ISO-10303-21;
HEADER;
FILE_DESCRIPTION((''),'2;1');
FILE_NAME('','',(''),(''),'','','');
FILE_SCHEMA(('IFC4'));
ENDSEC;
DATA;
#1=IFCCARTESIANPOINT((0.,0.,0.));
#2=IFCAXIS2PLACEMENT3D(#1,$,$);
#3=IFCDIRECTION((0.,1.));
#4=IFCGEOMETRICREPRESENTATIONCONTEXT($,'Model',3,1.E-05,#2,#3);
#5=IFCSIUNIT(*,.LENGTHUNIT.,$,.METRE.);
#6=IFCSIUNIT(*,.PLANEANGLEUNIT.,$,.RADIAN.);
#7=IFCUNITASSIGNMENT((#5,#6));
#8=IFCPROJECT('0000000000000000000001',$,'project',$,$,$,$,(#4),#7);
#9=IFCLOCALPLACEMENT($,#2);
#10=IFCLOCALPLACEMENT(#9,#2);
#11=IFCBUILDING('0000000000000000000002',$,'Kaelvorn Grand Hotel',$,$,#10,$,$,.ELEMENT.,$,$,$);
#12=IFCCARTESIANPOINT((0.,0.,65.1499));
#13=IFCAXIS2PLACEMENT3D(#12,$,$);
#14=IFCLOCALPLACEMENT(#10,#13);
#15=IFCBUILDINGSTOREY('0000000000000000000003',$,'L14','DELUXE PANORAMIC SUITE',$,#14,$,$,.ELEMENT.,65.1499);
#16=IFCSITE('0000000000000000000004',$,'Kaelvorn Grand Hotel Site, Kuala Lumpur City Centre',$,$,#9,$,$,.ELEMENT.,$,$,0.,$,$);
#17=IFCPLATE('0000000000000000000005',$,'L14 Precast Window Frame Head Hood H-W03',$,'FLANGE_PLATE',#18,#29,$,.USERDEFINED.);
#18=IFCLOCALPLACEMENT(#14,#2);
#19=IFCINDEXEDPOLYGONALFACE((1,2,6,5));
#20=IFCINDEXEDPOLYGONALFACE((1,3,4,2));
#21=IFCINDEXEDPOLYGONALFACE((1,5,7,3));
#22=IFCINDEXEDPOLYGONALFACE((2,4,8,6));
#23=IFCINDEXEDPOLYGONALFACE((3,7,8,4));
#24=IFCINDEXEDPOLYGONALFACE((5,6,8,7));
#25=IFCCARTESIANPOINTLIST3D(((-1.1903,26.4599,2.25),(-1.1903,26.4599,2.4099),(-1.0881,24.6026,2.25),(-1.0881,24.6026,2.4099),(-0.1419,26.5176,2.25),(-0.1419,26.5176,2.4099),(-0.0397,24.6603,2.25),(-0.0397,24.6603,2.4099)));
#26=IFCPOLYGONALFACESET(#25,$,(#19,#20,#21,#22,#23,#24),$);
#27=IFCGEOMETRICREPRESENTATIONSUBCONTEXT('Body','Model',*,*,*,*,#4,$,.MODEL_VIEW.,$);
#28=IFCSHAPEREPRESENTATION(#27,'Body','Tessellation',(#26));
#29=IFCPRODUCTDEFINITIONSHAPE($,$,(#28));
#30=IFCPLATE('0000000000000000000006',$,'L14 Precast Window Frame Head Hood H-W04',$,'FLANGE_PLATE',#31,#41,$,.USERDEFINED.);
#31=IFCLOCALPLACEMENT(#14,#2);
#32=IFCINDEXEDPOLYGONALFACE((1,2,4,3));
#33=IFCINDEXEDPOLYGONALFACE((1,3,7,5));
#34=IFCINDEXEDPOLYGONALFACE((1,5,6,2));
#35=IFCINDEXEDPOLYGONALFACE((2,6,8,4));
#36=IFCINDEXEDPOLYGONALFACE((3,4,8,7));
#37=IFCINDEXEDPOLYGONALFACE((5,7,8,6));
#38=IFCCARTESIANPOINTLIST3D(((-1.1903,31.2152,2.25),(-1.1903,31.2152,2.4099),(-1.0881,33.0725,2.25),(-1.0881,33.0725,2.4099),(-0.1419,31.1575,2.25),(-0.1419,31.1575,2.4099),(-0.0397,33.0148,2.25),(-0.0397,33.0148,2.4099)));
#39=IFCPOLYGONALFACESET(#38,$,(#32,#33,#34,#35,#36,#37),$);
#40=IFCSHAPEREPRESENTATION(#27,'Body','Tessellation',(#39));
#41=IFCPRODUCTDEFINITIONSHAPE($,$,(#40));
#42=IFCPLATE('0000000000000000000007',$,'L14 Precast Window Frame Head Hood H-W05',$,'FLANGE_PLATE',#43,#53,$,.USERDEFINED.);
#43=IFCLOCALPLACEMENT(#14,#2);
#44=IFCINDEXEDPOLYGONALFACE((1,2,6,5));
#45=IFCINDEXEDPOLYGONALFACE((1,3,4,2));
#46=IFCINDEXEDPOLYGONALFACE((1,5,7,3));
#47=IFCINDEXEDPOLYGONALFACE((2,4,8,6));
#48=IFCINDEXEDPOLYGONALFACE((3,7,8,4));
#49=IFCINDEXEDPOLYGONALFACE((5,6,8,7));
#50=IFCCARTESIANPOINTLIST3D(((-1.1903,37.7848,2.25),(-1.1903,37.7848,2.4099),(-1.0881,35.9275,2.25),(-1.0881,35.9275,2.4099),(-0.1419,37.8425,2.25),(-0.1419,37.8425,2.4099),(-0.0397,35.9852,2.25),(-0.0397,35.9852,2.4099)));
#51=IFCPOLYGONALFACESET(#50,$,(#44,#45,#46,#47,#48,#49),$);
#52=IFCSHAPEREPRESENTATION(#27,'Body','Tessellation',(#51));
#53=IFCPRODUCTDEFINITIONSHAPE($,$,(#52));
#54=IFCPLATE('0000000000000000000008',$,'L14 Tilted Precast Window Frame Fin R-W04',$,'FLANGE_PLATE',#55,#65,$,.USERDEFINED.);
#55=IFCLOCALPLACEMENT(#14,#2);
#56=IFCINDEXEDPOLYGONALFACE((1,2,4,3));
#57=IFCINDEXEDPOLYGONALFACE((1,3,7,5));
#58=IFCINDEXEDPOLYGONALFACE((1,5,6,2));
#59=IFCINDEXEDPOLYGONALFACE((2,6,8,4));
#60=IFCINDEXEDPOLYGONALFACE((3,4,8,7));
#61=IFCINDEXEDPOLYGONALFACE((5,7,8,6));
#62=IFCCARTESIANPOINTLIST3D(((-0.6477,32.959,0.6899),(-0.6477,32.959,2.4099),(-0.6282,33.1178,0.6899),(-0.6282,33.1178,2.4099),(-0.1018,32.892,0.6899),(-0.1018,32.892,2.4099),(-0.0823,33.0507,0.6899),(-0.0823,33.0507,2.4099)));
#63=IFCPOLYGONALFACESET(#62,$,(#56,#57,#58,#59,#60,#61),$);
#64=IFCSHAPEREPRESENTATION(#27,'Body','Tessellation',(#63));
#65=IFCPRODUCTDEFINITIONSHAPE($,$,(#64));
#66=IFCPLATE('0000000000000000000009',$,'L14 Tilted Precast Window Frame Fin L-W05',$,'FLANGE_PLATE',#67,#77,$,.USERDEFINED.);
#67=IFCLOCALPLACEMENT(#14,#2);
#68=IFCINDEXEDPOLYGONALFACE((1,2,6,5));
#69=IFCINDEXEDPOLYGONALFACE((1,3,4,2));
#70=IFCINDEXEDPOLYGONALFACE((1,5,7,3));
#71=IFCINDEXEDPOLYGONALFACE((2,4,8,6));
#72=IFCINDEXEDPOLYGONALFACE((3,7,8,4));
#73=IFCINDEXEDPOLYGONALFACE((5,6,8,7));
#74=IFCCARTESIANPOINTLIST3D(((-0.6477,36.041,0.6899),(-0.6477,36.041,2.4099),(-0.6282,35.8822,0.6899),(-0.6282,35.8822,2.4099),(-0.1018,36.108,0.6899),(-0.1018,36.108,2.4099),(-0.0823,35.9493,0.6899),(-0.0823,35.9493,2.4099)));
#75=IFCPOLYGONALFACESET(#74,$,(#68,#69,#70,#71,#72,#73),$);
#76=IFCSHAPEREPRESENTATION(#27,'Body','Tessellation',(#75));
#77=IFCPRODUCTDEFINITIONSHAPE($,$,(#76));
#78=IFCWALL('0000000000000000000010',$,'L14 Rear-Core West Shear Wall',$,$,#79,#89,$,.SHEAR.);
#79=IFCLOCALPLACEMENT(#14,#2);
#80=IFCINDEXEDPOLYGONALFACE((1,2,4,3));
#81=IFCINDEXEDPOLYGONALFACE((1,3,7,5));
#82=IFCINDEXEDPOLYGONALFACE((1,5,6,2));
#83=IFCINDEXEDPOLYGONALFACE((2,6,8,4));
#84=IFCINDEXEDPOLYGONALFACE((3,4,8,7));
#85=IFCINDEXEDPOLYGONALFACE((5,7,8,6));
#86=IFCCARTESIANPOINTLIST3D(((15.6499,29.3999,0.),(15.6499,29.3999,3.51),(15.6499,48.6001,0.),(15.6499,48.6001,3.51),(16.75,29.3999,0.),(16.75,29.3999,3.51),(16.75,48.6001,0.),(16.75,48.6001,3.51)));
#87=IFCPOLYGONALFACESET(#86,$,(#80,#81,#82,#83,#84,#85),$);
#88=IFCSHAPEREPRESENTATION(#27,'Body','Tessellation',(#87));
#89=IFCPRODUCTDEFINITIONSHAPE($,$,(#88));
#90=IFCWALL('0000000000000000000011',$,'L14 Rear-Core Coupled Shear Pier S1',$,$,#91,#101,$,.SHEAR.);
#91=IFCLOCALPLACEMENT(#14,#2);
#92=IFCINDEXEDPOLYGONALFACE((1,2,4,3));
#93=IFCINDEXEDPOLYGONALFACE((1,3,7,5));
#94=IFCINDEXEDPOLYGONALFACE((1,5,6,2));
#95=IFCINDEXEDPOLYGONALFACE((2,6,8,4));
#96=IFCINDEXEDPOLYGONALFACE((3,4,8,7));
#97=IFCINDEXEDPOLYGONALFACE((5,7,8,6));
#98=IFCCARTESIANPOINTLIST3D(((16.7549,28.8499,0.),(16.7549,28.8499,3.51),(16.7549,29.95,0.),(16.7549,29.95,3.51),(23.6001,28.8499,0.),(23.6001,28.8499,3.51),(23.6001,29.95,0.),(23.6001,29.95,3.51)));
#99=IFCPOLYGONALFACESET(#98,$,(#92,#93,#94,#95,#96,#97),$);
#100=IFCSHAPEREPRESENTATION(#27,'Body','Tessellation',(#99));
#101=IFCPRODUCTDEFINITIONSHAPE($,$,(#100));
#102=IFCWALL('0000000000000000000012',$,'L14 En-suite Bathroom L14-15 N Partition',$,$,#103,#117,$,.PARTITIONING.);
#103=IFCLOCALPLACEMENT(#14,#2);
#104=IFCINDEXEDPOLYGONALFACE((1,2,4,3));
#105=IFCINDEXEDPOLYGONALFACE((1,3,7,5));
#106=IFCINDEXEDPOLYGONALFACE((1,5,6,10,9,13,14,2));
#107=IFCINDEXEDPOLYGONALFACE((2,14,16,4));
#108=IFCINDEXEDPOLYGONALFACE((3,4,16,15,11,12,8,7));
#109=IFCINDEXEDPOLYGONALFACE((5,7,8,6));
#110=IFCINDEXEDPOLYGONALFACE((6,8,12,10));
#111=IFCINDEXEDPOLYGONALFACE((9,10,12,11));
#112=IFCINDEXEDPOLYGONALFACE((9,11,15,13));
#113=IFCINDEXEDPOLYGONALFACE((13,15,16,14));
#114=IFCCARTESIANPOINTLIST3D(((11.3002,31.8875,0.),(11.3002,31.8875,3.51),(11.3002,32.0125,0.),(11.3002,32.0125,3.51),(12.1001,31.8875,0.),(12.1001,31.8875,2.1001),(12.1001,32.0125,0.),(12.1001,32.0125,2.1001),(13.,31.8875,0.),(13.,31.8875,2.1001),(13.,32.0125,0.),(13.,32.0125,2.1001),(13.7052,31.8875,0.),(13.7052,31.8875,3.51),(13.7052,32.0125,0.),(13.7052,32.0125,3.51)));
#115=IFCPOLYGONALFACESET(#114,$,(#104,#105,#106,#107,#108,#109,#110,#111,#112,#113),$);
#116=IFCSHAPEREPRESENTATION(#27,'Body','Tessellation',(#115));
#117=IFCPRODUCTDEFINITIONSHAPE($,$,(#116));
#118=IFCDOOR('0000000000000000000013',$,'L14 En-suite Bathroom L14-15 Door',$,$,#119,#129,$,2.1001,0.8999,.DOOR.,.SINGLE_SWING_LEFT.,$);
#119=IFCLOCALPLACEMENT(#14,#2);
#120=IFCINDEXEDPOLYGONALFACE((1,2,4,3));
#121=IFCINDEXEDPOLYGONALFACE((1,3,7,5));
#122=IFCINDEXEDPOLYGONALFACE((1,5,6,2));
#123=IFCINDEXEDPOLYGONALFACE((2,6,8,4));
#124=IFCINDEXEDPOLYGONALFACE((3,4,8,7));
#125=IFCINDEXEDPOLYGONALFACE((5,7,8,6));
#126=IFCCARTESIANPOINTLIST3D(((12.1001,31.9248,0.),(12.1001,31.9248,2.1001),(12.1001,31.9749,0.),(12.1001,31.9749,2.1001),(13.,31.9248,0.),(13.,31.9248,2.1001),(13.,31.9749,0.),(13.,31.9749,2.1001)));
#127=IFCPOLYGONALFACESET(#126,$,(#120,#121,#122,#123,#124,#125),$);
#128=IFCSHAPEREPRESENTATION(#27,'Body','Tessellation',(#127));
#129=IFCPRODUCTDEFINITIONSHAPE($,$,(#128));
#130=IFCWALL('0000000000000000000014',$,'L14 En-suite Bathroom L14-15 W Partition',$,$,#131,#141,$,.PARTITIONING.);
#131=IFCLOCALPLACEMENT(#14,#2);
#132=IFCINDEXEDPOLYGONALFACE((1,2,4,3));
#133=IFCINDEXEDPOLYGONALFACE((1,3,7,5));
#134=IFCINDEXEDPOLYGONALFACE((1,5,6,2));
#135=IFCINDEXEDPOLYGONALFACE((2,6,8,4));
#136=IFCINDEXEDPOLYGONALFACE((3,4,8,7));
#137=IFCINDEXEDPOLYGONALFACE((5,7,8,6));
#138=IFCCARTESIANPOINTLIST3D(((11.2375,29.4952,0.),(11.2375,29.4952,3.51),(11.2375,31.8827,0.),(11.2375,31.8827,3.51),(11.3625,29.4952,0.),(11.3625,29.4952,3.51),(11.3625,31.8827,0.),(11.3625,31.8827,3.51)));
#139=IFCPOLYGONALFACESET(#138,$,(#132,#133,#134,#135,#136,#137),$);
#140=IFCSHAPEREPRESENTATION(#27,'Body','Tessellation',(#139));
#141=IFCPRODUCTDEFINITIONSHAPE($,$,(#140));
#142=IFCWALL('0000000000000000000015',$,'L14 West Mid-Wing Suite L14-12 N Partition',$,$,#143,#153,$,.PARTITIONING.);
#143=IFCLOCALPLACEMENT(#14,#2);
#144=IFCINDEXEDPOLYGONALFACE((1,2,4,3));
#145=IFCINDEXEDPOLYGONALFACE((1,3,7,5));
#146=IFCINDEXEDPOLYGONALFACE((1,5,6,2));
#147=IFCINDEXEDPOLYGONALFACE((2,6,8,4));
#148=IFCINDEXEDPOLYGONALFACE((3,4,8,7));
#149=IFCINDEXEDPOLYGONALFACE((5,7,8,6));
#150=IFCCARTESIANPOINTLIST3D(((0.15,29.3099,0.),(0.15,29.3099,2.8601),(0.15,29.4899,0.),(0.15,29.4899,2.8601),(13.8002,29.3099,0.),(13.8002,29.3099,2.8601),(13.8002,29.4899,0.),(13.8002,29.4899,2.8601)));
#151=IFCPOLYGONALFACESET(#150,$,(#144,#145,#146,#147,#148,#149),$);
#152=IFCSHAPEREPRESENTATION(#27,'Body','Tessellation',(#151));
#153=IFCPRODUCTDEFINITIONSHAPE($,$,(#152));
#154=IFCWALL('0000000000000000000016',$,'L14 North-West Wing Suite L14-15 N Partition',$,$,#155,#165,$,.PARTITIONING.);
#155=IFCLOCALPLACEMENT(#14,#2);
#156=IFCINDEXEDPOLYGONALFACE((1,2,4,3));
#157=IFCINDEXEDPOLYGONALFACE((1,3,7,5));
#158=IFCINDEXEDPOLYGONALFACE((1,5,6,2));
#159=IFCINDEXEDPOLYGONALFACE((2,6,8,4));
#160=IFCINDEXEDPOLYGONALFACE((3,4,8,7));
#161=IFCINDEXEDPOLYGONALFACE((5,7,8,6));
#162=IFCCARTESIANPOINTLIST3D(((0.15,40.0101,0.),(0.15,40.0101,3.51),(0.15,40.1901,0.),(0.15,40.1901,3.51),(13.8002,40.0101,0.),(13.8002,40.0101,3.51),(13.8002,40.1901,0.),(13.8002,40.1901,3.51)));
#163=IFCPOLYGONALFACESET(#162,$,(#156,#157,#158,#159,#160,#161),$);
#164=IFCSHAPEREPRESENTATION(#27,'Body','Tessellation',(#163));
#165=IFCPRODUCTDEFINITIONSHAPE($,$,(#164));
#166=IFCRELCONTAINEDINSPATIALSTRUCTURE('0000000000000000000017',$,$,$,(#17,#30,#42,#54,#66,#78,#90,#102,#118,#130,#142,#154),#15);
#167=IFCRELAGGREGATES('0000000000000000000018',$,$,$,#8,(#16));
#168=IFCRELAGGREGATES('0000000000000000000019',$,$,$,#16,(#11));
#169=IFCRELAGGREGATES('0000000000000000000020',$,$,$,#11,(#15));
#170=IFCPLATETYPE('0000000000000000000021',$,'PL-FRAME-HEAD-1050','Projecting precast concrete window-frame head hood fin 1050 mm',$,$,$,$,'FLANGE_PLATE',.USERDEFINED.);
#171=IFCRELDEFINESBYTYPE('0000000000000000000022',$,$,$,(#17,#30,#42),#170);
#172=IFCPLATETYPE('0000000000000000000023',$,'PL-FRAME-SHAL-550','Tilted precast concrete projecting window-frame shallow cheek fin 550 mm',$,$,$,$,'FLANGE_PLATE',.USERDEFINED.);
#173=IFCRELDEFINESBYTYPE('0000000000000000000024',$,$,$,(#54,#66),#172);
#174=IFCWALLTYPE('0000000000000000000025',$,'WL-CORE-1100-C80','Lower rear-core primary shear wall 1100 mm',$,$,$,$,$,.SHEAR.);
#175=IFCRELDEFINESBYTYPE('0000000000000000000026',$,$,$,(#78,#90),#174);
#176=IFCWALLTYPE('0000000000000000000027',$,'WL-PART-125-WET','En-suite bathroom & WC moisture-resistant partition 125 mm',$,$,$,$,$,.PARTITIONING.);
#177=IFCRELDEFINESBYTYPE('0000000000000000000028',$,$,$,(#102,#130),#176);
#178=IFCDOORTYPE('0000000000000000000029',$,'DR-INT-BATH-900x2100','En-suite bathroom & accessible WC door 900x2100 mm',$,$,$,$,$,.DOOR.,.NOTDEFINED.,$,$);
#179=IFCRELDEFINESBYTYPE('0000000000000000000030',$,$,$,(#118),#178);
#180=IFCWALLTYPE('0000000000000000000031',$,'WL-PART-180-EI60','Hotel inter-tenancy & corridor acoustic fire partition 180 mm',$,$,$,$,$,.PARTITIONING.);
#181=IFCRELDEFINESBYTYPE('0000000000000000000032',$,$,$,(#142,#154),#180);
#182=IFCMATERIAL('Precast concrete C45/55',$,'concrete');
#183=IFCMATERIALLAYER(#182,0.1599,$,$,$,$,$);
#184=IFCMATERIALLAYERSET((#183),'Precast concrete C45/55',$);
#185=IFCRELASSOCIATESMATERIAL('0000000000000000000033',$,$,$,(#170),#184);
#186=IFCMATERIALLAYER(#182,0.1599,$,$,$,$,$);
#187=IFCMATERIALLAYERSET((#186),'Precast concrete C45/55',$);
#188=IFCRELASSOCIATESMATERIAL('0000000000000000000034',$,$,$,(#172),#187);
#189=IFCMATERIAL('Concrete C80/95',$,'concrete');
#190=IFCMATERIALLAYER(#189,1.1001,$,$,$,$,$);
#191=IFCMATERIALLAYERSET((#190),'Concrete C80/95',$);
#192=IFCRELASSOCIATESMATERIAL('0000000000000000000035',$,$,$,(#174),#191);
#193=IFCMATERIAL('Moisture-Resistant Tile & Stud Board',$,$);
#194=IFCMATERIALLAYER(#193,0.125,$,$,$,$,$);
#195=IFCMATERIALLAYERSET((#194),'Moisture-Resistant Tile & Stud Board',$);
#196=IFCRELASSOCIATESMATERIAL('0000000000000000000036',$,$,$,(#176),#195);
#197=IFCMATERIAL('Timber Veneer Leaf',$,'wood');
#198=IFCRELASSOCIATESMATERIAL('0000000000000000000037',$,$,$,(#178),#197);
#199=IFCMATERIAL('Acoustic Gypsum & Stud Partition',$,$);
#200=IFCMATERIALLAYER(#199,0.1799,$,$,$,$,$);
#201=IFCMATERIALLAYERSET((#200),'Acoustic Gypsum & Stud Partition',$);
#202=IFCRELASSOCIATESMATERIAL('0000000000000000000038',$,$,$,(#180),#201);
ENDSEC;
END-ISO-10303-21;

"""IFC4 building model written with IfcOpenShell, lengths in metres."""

from ifc_helpers import new_model, si_unit, direction, frame, frame_2d, origin, origin_2d, place, context, subcontext, project, spatial, rectangle, extrude, material, layer, layer_set, type_object, element, fill, save


model = new_model("IFC4")

# Units and contexts
model_context = context("Model", 3, precision=1e-05, world=origin(), true_north=direction((0.0, 1.0)))
body_context = subcontext(model_context, "Body", "Model", "MODEL_VIEW")
ifc_project = project(units=[si_unit("LENGTHUNIT", "METRE"), si_unit("PLANEANGLEUNIT", "RADIAN")], contexts=[model_context])

# Site, building, storey
site_placement = place(None, origin())
site = spatial("IfcSite", under=ifc_project, at=site_placement, Name="Kaelvorn Grand Hotel Site, Kuala Lumpur City Centre", CompositionType="ELEMENT", RefElevation=0.0)
building_placement = place(site_placement, origin())
building = spatial("IfcBuilding", under=site, at=building_placement, Name="Kaelvorn Grand Hotel", CompositionType="ELEMENT")
storey_placement = place(building_placement, frame((0.0, 0.0, 65.1499)))
storey = spatial("IfcBuildingStorey", under=building, at=storey_placement, Name="L14", Description="DELUXE PANORAMIC SUITE", CompositionType="ELEMENT", Elevation=65.1499)

# Shared definitions
ifc_material_1 = material(Name="Concrete C80/95", Category="concrete")

# Plates
ifc_material_2 = material(Name="Precast concrete C45/55", Category="concrete")
ifc_layer_1 = layer(ifc_material_2, 0.1599)
ifc_layer_set_1 = layer_set([ifc_layer_1], Name="Precast concrete C45/55")
plate_type_1 = type_object("IfcPlateType", Name="PL-FRAME-HEAD-1050", Description="Projecting precast concrete window-frame head hood fin 1050 mm", ElementType="FLANGE_PLATE", PredefinedType="USERDEFINED", material=ifc_layer_set_1)
for number, where, z_axis, x_axis, name in (
    (1, (-0.615, 25.5601, 2.25), (0.0, 0.0, 1.0), (-0.05495, 0.998489, 0.0), "L14 Precast Window Frame Head Hood H-W03"),
    (2, (-0.615, 32.115, 2.25), (0.0, 0.0, 1.0), (0.05495, 0.998489, 0.0), "L14 Precast Window Frame Head Hood H-W04"),
    (3, (-0.615, 36.885, 2.25), (0.0, 0.0, 1.0), (-0.05495, 0.998489, 0.0), "L14 Precast Window Frame Head Hood H-W05"),
):
    element("IfcPlate", number, at=place(storey_placement, frame(where, z_axis=z_axis, x_axis=x_axis)), inside=storey, type_object=plate_type_1, Name=name, ObjectType="FLANGE_PLATE", PredefinedType="USERDEFINED", context=body_context, shape_type="SweptSolid", body=[
        extrude(rectangle(XDim=1.8601, YDim=1.05, at=origin_2d()), origin(), (0.0, 0.0, 1.0), 0.1599),
    ])
ifc_layer_2 = layer(ifc_material_2, 0.1599)
ifc_layer_set_2 = layer_set([ifc_layer_2], Name="Precast concrete C45/55")
plate_type_2 = type_object("IfcPlateType", Name="PL-FRAME-SHAL-550", Description="Tilted precast concrete projecting window-frame shallow cheek fin 550 mm", ElementType="FLANGE_PLATE", PredefinedType="USERDEFINED", material=ifc_layer_set_2)
for number, where, z_axis, x_axis, name in (
    (4, (-0.365, 33.0049, 0.6899), (0.0, 0.0, 1.0), (0.121869, 0.992546, 0.0), "L14 Tilted Precast Window Frame Fin R-W04"),
    (5, (-0.365, 35.9951, 0.6899), (0.0, 0.0, 1.0), (-0.121869, 0.992546, 0.0), "L14 Tilted Precast Window Frame Fin L-W05"),
):
    element("IfcPlate", number, at=place(storey_placement, frame(where, z_axis=z_axis, x_axis=x_axis)), inside=storey, type_object=plate_type_2, Name=name, ObjectType="FLANGE_PLATE", PredefinedType="USERDEFINED", context=body_context, shape_type="SweptSolid", body=[
        extrude(rectangle(XDim=0.1599, YDim=0.55, at=origin_2d()), origin(), (0.0, 0.0, 1.0), 1.72),
    ])

# Walls
ifc_layer_3 = layer(ifc_material_1, 1.1001)
ifc_layer_set_3 = layer_set([ifc_layer_3], Name="Concrete C80/95")
wall_type_1 = type_object("IfcWallType", Name="WL-CORE-1100-C80", Description="Lower rear-core primary shear wall 1100 mm", PredefinedType="SHEAR", material=ifc_layer_set_3)
wall_1_placement = place(storey_placement, frame((16.2, 29.3999, 0.0), z_axis=(0.0, 0.0, 1.0), x_axis=(0.0, 1.0, 0.0)))
element("IfcWall", 6, at=wall_1_placement, inside=storey, type_object=wall_type_1, Name="L14 Rear-Core West Shear Wall", PredefinedType="SHEAR", context=body_context, shape_type="SweptSolid", body=[
    extrude(rectangle(XDim=19.2002, YDim=1.1001, at=frame_2d((9.6001, 0.0))), origin(), (0.0, 0.0, 1.0), 3.51),
])
wall_2_placement = place(storey_placement, frame((16.7549, 29.3999, 0.0), z_axis=(0.0, 0.0, 1.0), x_axis=(1.0, 0.0, 0.0)))
element("IfcWall", 7, at=wall_2_placement, inside=storey, type_object=wall_type_1, Name="L14 Rear-Core Coupled Shear Pier S1", PredefinedType="SHEAR", context=body_context, shape_type="SweptSolid", body=[
    extrude(rectangle(XDim=6.8452, YDim=1.1001, at=frame_2d((3.4226, 0.0))), origin(), (0.0, 0.0, 1.0), 3.51),
])

# Wall, opening, door
ifc_material_3 = material(Name="Moisture-Resistant Tile & Stud Board")
ifc_layer_4 = layer(ifc_material_3, 0.125)
ifc_layer_set_4 = layer_set([ifc_layer_4], Name="Moisture-Resistant Tile & Stud Board")
wall_type_2 = type_object("IfcWallType", Name="WL-PART-125-WET", Description="En-suite bathroom & WC moisture-resistant partition 125 mm", PredefinedType="PARTITIONING", material=ifc_layer_set_4)
wall_3_placement = place(storey_placement, frame((11.3, 31.95, 0.0), z_axis=(0.0, 0.0, 1.0), x_axis=(1.0, 0.0, 0.0)))
wall_3 = element("IfcWall", 8, at=wall_3_placement, inside=storey, type_object=wall_type_2, Name="L14 En-suite Bathroom L14-15 N Partition", PredefinedType="PARTITIONING", context=body_context, shape_type="SweptSolid", body=[
    extrude(rectangle(XDim=2.405, YDim=0.125, at=frame_2d((1.2026, 0.0))), origin(), (0.0, 0.0, 1.0), 3.51),
])
opening_1_placement = place(wall_3_placement, frame((0.8, 0.0, 0.0)))
opening_1 = element("IfcOpeningElement", 9, at=opening_1_placement, cuts=wall_3, PredefinedType="OPENING", context=body_context, shape_type="SweptSolid", body=[
    extrude(rectangle(XDim=0.8999, YDim=2.1001, at=frame_2d((0.45, 1.05))), frame((0.0, 0.0725, 0.0), z_axis=(0.0, -1.0, 0.0), x_axis=(1.0, 0.0, 0.0)), (0.0, 0.0, 1.0), 0.145),
])
ifc_material_4 = material(Name="Timber Veneer Leaf", Category="wood")
door_type_1 = type_object("IfcDoorType", Name="DR-INT-BATH-900x2100", Description="En-suite bathroom & accessible WC door 900x2100 mm", OperationType="NOTDEFINED", PredefinedType="DOOR", material=ifc_material_4)
door_1_placement = place(opening_1_placement, origin())
door_1 = element("IfcDoor", 10, at=door_1_placement, inside=storey, type_object=door_type_1, Name="L14 En-suite Bathroom L14-15 Door", OperationType="SINGLE_SWING_LEFT", OverallHeight=2.1001, OverallWidth=0.8999, PredefinedType="DOOR", context=body_context, shape_type="SweptSolid", body=[
    extrude(rectangle(XDim=0.8999, YDim=2.1001, at=frame_2d((0.45, 1.05))), frame((0.0, 0.0249, 0.0), z_axis=(0.0, -1.0, 0.0), x_axis=(1.0, 0.0, 0.0)), (0.0, 0.0, 1.0), 0.05),
])
fill(opening_1, door_1)

# Walls
wall_4_placement = place(storey_placement, frame((11.3, 29.4951, 0.0), z_axis=(0.0, 0.0, 1.0), x_axis=(0.0, 1.0, 0.0)))
element("IfcWall", 11, at=wall_4_placement, inside=storey, type_object=wall_type_2, Name="L14 En-suite Bathroom L14-15 W Partition", PredefinedType="PARTITIONING", context=body_context, shape_type="SweptSolid", body=[
    extrude(rectangle(XDim=2.3875, YDim=0.125, at=frame_2d((1.1938, 0.0))), origin(), (0.0, 0.0, 1.0), 3.51),
])
ifc_material_5 = material(Name="Acoustic Gypsum & Stud Partition")
ifc_layer_5 = layer(ifc_material_5, 0.1799)
ifc_layer_set_5 = layer_set([ifc_layer_5], Name="Acoustic Gypsum & Stud Partition")
wall_type_3 = type_object("IfcWallType", Name="WL-PART-180-EI60", Description="Hotel inter-tenancy & corridor acoustic fire partition 180 mm", PredefinedType="PARTITIONING", material=ifc_layer_set_5)
wall_5_placement = place(storey_placement, frame((0.1499, 29.3999, 0.0), z_axis=(0.0, 0.0, 1.0), x_axis=(1.0, 0.0, 0.0)))
element("IfcWall", 12, at=wall_5_placement, inside=storey, type_object=wall_type_3, Name="L14 West Mid-Wing Suite L14-12 N Partition", PredefinedType="PARTITIONING", context=body_context, shape_type="SweptSolid", body=[
    extrude(rectangle(XDim=13.6501, YDim=0.1799, at=frame_2d((6.8252, 0.0))), origin(), (0.0, 0.0, 1.0), 2.8601),
])
wall_6_placement = place(storey_placement, frame((0.1499, 40.1001, 0.0), z_axis=(0.0, 0.0, 1.0), x_axis=(1.0, 0.0, 0.0)))
element("IfcWall", 13, at=wall_6_placement, inside=storey, type_object=wall_type_3, Name="L14 North-West Wing Suite L14-15 N Partition", PredefinedType="PARTITIONING", context=body_context, shape_type="SweptSolid", body=[
    extrude(rectangle(XDim=13.6501, YDim=0.1799, at=frame_2d((6.8252, 0.0))), origin(), (0.0, 0.0, 1.0), 3.51),
])

save(model, "model.ifc")
